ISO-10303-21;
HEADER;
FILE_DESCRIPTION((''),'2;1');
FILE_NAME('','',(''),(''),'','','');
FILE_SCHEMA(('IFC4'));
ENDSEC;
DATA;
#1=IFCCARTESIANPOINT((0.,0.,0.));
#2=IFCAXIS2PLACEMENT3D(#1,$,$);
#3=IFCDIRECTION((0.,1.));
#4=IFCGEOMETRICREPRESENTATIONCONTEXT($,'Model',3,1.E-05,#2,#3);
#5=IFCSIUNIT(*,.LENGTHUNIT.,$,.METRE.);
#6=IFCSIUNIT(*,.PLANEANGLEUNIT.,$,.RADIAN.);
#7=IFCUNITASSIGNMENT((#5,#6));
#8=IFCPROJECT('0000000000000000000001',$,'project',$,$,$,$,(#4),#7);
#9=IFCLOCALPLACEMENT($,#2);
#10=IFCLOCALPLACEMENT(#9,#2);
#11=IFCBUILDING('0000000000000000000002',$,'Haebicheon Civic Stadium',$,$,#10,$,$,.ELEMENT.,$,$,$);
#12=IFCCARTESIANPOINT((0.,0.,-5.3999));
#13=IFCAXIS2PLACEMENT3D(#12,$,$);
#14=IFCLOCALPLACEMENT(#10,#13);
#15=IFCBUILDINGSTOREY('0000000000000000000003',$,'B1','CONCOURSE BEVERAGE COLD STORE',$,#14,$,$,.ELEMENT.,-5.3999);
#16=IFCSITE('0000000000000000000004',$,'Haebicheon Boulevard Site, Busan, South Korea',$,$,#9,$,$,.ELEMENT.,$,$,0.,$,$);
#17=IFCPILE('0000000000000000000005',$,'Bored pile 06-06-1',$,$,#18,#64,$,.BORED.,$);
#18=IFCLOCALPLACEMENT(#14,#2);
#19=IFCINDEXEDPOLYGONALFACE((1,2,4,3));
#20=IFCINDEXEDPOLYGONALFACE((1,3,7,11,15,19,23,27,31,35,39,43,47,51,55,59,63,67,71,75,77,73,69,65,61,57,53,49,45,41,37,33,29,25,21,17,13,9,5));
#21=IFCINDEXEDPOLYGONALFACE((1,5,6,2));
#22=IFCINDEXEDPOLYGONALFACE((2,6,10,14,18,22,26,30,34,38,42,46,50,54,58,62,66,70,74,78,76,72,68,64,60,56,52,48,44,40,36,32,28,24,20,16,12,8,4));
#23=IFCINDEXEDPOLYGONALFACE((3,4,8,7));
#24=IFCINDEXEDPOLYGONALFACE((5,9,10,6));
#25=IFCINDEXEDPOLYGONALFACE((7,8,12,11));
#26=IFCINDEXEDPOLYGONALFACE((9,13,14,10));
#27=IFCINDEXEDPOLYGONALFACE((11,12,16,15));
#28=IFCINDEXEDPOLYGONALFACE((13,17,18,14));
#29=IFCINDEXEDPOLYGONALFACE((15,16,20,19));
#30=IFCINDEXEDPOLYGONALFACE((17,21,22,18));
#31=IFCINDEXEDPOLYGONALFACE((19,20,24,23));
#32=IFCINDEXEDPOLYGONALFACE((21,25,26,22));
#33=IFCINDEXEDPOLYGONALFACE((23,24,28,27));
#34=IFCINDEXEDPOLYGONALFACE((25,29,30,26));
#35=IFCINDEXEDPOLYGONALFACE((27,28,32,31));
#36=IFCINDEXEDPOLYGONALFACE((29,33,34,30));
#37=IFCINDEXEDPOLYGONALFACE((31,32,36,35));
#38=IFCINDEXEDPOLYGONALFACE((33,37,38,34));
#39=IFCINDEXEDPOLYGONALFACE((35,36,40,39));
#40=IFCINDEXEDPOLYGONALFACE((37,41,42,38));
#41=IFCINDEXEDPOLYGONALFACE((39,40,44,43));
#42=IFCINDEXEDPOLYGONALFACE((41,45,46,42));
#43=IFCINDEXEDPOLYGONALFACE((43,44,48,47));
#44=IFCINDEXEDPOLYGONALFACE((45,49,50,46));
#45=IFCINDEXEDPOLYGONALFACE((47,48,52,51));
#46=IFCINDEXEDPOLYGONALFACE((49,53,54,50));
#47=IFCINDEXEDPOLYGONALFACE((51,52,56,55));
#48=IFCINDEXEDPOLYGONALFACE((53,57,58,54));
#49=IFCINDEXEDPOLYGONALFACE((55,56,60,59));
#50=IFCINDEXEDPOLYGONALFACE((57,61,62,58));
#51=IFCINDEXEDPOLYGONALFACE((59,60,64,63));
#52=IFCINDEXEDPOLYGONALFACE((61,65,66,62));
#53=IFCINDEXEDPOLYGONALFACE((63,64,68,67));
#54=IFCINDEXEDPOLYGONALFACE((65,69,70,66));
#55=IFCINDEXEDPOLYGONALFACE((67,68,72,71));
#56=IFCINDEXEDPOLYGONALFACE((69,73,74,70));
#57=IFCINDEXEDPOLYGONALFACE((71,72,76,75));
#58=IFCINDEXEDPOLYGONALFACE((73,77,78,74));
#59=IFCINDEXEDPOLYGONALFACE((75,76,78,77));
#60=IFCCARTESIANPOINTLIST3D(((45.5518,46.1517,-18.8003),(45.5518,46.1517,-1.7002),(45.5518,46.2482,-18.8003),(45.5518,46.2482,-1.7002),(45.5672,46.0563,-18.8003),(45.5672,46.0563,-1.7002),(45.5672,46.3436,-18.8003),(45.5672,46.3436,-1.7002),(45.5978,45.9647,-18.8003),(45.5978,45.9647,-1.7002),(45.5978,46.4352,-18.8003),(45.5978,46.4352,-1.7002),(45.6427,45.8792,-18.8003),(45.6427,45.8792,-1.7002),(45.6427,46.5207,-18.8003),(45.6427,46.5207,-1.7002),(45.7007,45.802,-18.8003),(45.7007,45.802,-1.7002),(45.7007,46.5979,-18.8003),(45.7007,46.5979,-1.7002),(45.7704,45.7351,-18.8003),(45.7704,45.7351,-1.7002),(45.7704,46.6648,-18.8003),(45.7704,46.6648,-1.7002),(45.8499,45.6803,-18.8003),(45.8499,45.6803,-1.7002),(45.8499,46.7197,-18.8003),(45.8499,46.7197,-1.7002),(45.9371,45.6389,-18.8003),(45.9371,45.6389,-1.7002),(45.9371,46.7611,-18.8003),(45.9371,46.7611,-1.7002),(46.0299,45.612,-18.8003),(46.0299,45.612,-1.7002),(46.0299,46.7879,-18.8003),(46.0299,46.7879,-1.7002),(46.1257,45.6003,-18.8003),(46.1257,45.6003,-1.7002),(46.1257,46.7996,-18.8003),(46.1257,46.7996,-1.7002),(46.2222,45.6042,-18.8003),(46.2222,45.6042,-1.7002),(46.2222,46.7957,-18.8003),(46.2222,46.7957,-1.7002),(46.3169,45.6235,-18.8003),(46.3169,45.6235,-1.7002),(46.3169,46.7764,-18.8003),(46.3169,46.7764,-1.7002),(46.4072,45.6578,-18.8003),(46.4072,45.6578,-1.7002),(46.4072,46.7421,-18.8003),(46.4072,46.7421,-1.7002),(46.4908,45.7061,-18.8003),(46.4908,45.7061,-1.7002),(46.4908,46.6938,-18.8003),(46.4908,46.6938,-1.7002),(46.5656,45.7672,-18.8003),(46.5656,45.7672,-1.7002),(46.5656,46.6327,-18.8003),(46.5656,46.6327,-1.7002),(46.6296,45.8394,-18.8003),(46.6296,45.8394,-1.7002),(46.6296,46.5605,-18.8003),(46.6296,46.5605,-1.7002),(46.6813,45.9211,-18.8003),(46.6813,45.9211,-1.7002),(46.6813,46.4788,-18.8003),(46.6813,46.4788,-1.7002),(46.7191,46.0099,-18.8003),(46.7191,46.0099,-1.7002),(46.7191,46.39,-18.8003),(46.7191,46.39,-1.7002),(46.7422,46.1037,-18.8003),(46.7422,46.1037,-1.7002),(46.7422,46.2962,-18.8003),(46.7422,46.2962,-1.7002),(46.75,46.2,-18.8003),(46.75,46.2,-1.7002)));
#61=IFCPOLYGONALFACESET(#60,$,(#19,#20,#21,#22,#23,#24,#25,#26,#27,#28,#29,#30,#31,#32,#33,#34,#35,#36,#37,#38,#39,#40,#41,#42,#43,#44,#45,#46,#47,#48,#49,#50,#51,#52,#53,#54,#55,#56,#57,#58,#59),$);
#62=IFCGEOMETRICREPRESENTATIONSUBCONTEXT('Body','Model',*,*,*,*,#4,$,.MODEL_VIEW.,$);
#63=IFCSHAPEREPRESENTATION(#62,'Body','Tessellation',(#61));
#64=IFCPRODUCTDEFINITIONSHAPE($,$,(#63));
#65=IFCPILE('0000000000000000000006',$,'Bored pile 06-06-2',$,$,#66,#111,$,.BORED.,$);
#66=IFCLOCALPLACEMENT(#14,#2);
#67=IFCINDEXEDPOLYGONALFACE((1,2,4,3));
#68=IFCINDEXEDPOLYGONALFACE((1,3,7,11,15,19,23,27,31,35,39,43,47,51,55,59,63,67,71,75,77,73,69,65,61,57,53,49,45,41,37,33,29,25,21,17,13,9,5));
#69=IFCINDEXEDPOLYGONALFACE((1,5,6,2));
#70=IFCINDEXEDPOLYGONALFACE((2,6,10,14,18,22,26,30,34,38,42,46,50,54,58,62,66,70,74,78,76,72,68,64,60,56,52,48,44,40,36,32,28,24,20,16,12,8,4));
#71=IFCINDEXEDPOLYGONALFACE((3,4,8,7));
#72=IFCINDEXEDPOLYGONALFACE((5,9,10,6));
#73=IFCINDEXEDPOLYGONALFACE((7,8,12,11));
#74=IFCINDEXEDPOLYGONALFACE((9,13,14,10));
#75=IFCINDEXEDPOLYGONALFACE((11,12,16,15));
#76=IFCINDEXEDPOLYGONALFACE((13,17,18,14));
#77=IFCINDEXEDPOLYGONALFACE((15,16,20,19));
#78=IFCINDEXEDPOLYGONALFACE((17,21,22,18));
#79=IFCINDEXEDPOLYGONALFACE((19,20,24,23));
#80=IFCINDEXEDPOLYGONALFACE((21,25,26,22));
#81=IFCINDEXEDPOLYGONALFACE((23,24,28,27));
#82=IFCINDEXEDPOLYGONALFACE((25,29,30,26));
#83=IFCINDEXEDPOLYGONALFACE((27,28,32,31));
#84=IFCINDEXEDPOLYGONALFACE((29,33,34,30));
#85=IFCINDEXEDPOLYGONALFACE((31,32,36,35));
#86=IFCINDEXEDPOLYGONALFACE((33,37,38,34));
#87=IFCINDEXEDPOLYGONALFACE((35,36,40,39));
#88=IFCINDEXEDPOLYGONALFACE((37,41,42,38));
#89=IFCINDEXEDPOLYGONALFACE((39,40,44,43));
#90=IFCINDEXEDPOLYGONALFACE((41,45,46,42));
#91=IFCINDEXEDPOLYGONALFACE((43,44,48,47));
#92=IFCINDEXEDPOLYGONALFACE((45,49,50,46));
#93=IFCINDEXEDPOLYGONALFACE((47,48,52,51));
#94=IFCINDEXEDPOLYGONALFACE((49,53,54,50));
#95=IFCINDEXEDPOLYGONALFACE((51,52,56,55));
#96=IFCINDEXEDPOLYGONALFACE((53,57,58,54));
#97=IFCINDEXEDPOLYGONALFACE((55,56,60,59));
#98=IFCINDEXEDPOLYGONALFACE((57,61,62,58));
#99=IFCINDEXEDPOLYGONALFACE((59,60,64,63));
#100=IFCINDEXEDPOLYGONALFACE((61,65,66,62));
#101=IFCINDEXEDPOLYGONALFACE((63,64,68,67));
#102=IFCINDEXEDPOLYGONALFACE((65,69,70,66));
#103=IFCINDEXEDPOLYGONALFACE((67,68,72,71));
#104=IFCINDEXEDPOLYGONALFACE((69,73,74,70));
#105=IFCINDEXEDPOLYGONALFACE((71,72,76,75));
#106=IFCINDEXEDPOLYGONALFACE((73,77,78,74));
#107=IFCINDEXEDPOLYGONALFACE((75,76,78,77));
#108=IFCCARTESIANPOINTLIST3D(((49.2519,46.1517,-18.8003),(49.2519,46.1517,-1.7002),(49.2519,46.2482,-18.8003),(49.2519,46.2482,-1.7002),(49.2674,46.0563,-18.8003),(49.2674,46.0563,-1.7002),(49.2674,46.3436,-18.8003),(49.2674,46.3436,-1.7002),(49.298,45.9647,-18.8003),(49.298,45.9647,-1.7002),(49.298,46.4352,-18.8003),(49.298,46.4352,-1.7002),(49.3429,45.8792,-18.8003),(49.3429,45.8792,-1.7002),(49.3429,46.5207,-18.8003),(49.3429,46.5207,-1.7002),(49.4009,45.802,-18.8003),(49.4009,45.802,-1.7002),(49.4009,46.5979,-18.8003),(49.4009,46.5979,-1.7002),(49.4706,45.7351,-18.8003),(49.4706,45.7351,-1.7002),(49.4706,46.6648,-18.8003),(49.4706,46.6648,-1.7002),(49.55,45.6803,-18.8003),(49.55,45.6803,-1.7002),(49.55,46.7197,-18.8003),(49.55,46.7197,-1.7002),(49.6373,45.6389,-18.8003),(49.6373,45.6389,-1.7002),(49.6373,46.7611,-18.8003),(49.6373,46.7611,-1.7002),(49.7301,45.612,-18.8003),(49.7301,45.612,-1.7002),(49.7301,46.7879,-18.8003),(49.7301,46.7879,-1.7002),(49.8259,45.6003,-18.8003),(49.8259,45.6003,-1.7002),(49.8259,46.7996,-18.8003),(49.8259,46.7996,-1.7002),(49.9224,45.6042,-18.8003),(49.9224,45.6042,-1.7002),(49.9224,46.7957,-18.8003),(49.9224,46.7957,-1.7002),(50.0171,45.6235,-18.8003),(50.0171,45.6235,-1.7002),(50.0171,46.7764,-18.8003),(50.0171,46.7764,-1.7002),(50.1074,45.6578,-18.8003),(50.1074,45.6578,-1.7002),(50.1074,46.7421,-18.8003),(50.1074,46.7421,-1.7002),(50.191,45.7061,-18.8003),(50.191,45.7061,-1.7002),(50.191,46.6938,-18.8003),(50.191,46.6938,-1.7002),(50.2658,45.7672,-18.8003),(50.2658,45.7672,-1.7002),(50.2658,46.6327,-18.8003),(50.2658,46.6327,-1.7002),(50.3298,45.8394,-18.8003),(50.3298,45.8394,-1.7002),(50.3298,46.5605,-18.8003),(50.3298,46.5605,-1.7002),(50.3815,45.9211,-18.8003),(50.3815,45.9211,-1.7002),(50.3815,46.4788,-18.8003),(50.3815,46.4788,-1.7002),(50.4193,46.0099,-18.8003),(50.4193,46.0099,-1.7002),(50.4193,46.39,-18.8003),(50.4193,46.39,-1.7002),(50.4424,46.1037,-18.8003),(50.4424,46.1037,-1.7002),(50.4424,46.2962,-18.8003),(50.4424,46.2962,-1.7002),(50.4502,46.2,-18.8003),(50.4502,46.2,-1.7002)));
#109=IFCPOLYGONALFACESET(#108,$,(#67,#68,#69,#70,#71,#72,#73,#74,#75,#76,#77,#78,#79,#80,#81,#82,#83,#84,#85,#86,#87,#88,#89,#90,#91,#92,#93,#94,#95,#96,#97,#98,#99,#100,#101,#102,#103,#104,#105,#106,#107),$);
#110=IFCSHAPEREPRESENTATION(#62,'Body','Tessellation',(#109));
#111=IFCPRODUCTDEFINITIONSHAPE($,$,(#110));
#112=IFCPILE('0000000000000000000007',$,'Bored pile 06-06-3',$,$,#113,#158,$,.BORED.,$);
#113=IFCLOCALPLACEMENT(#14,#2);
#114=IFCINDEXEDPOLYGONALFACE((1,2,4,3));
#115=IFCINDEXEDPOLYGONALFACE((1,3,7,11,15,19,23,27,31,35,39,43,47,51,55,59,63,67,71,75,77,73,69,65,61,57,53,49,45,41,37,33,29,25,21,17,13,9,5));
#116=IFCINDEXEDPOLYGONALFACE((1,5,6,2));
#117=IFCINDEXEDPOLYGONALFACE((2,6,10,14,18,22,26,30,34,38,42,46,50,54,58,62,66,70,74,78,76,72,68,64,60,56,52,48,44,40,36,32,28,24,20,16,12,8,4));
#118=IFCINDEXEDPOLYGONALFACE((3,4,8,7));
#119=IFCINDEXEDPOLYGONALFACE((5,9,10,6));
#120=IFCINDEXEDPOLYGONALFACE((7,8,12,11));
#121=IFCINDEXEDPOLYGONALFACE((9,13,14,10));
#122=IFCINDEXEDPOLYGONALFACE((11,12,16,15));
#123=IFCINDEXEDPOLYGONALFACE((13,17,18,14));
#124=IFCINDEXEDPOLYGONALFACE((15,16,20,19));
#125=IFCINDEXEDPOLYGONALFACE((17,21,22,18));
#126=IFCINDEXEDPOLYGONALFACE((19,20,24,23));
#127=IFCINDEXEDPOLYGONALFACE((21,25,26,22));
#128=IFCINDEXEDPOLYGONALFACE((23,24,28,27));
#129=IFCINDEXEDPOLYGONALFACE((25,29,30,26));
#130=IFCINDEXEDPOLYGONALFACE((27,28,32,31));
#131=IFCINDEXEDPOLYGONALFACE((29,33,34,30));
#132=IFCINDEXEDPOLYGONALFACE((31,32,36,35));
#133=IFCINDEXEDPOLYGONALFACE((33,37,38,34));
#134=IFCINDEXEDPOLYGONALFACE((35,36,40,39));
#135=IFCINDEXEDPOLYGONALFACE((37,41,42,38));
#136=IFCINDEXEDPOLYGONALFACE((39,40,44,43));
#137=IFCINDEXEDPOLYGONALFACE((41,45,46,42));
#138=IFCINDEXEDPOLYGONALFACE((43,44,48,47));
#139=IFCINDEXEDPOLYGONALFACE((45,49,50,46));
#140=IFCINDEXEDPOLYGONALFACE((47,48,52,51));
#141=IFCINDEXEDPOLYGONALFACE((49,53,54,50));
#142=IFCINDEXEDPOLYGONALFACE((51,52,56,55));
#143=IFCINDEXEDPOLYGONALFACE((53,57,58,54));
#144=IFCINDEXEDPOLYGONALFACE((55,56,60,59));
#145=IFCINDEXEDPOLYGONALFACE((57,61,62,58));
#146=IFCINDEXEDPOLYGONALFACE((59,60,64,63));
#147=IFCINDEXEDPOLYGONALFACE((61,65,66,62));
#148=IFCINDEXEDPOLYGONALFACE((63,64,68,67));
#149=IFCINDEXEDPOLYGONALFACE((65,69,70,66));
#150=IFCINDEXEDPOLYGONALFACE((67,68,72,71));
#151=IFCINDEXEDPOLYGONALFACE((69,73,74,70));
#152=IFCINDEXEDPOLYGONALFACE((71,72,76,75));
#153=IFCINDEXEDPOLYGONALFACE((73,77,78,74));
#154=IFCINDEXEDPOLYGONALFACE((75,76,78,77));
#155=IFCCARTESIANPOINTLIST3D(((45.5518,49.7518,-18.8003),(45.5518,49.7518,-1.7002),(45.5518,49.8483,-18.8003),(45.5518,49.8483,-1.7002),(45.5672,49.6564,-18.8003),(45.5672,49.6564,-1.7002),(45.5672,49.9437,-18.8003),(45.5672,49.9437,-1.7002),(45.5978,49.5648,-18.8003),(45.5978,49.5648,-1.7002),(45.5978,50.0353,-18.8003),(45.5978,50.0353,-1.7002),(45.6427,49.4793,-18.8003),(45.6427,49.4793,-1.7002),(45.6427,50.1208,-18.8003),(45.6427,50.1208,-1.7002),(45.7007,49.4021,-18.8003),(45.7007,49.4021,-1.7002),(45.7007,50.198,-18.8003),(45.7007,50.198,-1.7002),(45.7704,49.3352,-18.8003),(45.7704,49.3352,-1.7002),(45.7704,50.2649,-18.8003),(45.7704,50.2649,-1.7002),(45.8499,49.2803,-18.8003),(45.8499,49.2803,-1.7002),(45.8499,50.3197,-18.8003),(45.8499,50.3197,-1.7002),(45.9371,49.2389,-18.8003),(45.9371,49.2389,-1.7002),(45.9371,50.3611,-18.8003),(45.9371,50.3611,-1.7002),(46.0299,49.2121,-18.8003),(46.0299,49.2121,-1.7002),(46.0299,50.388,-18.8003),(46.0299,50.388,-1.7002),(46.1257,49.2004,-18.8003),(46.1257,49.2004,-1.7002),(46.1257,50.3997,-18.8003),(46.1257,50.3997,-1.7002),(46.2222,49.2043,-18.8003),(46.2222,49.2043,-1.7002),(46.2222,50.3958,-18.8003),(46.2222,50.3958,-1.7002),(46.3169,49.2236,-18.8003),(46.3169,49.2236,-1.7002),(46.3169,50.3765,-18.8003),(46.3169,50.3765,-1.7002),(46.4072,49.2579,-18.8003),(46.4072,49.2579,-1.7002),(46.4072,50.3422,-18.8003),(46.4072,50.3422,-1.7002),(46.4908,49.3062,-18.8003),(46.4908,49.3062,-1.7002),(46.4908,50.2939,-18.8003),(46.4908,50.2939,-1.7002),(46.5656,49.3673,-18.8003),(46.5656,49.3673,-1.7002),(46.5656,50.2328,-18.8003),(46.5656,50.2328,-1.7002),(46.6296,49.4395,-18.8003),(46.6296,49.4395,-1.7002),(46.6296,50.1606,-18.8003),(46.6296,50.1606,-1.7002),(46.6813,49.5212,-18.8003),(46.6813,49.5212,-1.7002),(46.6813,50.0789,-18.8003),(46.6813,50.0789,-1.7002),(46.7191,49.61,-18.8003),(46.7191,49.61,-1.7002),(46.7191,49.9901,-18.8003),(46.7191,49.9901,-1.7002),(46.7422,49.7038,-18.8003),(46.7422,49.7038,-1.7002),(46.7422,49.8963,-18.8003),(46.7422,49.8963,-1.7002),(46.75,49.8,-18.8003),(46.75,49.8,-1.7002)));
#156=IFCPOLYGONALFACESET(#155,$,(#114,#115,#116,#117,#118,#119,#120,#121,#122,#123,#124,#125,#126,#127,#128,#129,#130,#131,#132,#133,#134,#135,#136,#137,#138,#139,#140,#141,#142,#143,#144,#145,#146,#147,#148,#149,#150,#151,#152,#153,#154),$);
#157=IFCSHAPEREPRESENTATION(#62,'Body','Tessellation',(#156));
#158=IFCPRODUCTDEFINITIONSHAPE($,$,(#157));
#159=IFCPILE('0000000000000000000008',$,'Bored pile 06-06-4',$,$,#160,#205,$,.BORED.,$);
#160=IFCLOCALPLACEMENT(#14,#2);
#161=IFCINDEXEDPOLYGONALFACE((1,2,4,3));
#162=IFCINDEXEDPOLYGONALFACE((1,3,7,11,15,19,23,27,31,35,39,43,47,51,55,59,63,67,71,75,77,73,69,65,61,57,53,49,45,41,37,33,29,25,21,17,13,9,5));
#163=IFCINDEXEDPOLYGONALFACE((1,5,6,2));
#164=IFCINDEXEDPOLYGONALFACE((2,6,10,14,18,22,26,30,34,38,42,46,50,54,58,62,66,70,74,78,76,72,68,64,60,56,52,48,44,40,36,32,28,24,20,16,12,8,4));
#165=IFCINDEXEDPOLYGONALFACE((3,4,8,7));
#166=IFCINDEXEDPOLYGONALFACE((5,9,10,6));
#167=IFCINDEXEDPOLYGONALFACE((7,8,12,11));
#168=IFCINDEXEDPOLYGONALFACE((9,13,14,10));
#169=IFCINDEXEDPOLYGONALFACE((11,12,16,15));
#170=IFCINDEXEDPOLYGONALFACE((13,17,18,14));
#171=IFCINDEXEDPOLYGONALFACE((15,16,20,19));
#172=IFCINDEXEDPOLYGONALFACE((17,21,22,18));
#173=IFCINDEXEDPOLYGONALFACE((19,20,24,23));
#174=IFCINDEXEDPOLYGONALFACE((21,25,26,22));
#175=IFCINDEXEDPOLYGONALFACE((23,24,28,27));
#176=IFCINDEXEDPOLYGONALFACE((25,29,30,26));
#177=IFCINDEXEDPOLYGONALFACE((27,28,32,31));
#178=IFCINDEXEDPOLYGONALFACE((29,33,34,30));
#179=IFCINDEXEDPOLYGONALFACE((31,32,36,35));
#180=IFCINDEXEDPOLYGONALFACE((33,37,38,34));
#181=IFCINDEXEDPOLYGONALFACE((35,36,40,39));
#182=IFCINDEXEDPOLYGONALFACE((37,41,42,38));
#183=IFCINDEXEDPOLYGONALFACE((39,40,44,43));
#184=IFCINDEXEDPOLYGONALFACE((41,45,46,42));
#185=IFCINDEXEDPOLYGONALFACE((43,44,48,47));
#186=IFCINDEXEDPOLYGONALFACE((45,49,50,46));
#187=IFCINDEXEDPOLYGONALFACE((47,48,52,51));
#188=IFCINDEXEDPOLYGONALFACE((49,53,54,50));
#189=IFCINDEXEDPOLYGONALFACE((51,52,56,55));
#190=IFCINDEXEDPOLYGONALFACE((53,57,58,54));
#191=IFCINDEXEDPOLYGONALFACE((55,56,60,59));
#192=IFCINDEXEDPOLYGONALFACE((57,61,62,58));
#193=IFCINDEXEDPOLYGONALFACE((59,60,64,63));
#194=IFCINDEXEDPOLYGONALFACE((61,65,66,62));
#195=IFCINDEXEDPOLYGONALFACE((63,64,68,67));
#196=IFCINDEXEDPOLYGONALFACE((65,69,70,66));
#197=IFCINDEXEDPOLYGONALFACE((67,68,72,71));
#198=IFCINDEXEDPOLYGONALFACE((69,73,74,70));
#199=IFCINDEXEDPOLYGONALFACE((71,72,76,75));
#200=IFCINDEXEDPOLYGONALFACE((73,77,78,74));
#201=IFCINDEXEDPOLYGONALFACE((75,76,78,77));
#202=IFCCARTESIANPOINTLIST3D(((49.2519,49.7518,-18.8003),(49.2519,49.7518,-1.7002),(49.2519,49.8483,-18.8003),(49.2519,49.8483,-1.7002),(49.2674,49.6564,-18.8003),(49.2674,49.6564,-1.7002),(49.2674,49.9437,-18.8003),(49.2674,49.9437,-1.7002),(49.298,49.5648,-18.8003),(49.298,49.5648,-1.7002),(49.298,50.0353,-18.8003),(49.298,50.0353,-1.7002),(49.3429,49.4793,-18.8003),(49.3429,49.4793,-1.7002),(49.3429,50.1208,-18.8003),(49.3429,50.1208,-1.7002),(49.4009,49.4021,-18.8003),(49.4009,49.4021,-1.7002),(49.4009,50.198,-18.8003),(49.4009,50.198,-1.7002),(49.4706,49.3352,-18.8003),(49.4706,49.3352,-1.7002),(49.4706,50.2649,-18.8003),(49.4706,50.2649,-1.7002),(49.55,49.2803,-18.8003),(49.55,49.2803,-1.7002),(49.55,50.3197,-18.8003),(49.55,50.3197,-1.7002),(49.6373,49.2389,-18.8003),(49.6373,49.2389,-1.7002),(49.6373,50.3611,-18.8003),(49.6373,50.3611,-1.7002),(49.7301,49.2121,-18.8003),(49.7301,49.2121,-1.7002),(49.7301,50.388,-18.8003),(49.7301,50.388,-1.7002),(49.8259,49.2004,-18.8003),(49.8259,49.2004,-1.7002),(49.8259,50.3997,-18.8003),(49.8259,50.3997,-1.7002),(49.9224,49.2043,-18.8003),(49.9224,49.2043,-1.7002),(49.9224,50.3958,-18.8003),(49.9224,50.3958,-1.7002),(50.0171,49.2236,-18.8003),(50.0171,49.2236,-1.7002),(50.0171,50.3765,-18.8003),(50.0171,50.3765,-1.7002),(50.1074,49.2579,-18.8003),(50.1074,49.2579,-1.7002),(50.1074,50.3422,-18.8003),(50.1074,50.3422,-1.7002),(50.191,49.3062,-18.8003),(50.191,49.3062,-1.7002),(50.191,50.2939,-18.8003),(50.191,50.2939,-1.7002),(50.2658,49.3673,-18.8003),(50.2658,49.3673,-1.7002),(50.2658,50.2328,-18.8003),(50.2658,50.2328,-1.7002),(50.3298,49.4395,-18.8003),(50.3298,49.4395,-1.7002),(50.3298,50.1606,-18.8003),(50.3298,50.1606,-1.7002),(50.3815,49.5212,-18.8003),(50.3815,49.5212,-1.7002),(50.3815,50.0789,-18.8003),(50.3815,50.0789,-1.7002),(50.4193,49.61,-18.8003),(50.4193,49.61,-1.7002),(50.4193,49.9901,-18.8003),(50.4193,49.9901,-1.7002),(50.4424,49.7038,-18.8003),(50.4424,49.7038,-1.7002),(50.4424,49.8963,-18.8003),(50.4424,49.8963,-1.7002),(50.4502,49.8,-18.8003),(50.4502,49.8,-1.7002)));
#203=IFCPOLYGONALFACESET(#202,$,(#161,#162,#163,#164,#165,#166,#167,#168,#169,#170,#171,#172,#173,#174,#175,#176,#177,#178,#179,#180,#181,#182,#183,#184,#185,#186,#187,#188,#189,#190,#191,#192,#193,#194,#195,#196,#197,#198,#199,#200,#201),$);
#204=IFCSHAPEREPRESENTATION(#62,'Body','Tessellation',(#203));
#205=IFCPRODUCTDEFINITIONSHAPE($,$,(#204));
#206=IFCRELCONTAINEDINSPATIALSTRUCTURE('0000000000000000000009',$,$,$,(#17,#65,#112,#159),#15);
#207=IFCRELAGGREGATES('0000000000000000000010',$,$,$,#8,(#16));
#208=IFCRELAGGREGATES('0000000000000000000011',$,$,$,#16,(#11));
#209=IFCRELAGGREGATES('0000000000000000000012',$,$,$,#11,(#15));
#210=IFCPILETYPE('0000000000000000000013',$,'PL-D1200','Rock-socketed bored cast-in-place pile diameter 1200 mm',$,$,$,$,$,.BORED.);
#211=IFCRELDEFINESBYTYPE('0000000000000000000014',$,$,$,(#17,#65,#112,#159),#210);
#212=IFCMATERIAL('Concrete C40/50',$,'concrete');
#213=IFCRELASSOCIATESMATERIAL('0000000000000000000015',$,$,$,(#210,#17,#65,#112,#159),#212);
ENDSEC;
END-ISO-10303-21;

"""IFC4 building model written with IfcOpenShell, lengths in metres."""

from ifc_helpers import new_model, si_unit, direction, frame, origin, origin_2d, place, context, subcontext, project, spatial, circle, extrude, material, material_profile, profile_set, type_object, element, save


model = new_model("IFC4")

# Units and contexts
model_context = context("Model", 3, precision=1e-05, world=origin(), true_north=direction((0.0, 1.0)))
body_context = subcontext(model_context, "Body", "Model", "MODEL_VIEW")
ifc_project = project(units=[si_unit("LENGTHUNIT", "METRE"), si_unit("PLANEANGLEUNIT", "RADIAN")], contexts=[model_context])

# Site, building, storey
site_placement = place(None, origin())
site = spatial("IfcSite", under=ifc_project, at=site_placement, Name="Haebicheon Boulevard Site, Busan, South Korea", CompositionType="ELEMENT", RefElevation=0.0)
building_placement = place(site_placement, origin())
building = spatial("IfcBuilding", under=site, at=building_placement, Name="Haebicheon Civic Stadium", CompositionType="ELEMENT")
storey_placement = place(building_placement, frame((0.0, 0.0, -5.3999)))
storey = spatial("IfcBuildingStorey", under=building, at=storey_placement, Name="B1", Description="CONCOURSE BEVERAGE COLD STORE", CompositionType="ELEMENT", Elevation=-5.3999)

# Piles
ifc_material_1 = material(Name="Concrete C40/50", Category="concrete")
ifc_material_profile_1 = material_profile(ifc_material_1, circle(Radius=0.6001, at=origin_2d()), Name="PILE-D1200")
ifc_profile_set_1 = profile_set([ifc_material_profile_1], Name="Concrete C40/50")
pile_type = type_object("IfcPileType", Name="PL-D1200", Description="Rock-socketed bored cast-in-place pile diameter 1200 mm", PredefinedType="BORED", material=ifc_profile_set_1)
for number, where, z_axis, x_axis, name in (
    (1, (46.1499, 46.2, -1.7002), (0.0, 0.0, -1.0), (1.0, 0.0, 0.0), "Bored pile 06-06-1"),
    (2, (49.8501, 46.2, -1.7002), (0.0, 0.0, -1.0), (1.0, 0.0, 0.0), "Bored pile 06-06-2"),
    (3, (46.1499, 49.8, -1.7002), (0.0, 0.0, -1.0), (1.0, 0.0, 0.0), "Bored pile 06-06-3"),
    (4, (49.8501, 49.8, -1.7002), (0.0, 0.0, -1.0), (1.0, 0.0, 0.0), "Bored pile 06-06-4"),
):
    element("IfcPile", number, at=place(storey_placement, frame(where, z_axis=z_axis, x_axis=x_axis)), inside=storey, type_object=pile_type, material=ifc_profile_set_1, Name=name, PredefinedType="BORED", context=body_context, shape_type="SweptSolid", body=[
        extrude(circle(Radius=0.6001, at=origin_2d()), origin(), (0.0, 0.0, 1.0), 17.1001),
    ])

save(model, "model.ifc")
